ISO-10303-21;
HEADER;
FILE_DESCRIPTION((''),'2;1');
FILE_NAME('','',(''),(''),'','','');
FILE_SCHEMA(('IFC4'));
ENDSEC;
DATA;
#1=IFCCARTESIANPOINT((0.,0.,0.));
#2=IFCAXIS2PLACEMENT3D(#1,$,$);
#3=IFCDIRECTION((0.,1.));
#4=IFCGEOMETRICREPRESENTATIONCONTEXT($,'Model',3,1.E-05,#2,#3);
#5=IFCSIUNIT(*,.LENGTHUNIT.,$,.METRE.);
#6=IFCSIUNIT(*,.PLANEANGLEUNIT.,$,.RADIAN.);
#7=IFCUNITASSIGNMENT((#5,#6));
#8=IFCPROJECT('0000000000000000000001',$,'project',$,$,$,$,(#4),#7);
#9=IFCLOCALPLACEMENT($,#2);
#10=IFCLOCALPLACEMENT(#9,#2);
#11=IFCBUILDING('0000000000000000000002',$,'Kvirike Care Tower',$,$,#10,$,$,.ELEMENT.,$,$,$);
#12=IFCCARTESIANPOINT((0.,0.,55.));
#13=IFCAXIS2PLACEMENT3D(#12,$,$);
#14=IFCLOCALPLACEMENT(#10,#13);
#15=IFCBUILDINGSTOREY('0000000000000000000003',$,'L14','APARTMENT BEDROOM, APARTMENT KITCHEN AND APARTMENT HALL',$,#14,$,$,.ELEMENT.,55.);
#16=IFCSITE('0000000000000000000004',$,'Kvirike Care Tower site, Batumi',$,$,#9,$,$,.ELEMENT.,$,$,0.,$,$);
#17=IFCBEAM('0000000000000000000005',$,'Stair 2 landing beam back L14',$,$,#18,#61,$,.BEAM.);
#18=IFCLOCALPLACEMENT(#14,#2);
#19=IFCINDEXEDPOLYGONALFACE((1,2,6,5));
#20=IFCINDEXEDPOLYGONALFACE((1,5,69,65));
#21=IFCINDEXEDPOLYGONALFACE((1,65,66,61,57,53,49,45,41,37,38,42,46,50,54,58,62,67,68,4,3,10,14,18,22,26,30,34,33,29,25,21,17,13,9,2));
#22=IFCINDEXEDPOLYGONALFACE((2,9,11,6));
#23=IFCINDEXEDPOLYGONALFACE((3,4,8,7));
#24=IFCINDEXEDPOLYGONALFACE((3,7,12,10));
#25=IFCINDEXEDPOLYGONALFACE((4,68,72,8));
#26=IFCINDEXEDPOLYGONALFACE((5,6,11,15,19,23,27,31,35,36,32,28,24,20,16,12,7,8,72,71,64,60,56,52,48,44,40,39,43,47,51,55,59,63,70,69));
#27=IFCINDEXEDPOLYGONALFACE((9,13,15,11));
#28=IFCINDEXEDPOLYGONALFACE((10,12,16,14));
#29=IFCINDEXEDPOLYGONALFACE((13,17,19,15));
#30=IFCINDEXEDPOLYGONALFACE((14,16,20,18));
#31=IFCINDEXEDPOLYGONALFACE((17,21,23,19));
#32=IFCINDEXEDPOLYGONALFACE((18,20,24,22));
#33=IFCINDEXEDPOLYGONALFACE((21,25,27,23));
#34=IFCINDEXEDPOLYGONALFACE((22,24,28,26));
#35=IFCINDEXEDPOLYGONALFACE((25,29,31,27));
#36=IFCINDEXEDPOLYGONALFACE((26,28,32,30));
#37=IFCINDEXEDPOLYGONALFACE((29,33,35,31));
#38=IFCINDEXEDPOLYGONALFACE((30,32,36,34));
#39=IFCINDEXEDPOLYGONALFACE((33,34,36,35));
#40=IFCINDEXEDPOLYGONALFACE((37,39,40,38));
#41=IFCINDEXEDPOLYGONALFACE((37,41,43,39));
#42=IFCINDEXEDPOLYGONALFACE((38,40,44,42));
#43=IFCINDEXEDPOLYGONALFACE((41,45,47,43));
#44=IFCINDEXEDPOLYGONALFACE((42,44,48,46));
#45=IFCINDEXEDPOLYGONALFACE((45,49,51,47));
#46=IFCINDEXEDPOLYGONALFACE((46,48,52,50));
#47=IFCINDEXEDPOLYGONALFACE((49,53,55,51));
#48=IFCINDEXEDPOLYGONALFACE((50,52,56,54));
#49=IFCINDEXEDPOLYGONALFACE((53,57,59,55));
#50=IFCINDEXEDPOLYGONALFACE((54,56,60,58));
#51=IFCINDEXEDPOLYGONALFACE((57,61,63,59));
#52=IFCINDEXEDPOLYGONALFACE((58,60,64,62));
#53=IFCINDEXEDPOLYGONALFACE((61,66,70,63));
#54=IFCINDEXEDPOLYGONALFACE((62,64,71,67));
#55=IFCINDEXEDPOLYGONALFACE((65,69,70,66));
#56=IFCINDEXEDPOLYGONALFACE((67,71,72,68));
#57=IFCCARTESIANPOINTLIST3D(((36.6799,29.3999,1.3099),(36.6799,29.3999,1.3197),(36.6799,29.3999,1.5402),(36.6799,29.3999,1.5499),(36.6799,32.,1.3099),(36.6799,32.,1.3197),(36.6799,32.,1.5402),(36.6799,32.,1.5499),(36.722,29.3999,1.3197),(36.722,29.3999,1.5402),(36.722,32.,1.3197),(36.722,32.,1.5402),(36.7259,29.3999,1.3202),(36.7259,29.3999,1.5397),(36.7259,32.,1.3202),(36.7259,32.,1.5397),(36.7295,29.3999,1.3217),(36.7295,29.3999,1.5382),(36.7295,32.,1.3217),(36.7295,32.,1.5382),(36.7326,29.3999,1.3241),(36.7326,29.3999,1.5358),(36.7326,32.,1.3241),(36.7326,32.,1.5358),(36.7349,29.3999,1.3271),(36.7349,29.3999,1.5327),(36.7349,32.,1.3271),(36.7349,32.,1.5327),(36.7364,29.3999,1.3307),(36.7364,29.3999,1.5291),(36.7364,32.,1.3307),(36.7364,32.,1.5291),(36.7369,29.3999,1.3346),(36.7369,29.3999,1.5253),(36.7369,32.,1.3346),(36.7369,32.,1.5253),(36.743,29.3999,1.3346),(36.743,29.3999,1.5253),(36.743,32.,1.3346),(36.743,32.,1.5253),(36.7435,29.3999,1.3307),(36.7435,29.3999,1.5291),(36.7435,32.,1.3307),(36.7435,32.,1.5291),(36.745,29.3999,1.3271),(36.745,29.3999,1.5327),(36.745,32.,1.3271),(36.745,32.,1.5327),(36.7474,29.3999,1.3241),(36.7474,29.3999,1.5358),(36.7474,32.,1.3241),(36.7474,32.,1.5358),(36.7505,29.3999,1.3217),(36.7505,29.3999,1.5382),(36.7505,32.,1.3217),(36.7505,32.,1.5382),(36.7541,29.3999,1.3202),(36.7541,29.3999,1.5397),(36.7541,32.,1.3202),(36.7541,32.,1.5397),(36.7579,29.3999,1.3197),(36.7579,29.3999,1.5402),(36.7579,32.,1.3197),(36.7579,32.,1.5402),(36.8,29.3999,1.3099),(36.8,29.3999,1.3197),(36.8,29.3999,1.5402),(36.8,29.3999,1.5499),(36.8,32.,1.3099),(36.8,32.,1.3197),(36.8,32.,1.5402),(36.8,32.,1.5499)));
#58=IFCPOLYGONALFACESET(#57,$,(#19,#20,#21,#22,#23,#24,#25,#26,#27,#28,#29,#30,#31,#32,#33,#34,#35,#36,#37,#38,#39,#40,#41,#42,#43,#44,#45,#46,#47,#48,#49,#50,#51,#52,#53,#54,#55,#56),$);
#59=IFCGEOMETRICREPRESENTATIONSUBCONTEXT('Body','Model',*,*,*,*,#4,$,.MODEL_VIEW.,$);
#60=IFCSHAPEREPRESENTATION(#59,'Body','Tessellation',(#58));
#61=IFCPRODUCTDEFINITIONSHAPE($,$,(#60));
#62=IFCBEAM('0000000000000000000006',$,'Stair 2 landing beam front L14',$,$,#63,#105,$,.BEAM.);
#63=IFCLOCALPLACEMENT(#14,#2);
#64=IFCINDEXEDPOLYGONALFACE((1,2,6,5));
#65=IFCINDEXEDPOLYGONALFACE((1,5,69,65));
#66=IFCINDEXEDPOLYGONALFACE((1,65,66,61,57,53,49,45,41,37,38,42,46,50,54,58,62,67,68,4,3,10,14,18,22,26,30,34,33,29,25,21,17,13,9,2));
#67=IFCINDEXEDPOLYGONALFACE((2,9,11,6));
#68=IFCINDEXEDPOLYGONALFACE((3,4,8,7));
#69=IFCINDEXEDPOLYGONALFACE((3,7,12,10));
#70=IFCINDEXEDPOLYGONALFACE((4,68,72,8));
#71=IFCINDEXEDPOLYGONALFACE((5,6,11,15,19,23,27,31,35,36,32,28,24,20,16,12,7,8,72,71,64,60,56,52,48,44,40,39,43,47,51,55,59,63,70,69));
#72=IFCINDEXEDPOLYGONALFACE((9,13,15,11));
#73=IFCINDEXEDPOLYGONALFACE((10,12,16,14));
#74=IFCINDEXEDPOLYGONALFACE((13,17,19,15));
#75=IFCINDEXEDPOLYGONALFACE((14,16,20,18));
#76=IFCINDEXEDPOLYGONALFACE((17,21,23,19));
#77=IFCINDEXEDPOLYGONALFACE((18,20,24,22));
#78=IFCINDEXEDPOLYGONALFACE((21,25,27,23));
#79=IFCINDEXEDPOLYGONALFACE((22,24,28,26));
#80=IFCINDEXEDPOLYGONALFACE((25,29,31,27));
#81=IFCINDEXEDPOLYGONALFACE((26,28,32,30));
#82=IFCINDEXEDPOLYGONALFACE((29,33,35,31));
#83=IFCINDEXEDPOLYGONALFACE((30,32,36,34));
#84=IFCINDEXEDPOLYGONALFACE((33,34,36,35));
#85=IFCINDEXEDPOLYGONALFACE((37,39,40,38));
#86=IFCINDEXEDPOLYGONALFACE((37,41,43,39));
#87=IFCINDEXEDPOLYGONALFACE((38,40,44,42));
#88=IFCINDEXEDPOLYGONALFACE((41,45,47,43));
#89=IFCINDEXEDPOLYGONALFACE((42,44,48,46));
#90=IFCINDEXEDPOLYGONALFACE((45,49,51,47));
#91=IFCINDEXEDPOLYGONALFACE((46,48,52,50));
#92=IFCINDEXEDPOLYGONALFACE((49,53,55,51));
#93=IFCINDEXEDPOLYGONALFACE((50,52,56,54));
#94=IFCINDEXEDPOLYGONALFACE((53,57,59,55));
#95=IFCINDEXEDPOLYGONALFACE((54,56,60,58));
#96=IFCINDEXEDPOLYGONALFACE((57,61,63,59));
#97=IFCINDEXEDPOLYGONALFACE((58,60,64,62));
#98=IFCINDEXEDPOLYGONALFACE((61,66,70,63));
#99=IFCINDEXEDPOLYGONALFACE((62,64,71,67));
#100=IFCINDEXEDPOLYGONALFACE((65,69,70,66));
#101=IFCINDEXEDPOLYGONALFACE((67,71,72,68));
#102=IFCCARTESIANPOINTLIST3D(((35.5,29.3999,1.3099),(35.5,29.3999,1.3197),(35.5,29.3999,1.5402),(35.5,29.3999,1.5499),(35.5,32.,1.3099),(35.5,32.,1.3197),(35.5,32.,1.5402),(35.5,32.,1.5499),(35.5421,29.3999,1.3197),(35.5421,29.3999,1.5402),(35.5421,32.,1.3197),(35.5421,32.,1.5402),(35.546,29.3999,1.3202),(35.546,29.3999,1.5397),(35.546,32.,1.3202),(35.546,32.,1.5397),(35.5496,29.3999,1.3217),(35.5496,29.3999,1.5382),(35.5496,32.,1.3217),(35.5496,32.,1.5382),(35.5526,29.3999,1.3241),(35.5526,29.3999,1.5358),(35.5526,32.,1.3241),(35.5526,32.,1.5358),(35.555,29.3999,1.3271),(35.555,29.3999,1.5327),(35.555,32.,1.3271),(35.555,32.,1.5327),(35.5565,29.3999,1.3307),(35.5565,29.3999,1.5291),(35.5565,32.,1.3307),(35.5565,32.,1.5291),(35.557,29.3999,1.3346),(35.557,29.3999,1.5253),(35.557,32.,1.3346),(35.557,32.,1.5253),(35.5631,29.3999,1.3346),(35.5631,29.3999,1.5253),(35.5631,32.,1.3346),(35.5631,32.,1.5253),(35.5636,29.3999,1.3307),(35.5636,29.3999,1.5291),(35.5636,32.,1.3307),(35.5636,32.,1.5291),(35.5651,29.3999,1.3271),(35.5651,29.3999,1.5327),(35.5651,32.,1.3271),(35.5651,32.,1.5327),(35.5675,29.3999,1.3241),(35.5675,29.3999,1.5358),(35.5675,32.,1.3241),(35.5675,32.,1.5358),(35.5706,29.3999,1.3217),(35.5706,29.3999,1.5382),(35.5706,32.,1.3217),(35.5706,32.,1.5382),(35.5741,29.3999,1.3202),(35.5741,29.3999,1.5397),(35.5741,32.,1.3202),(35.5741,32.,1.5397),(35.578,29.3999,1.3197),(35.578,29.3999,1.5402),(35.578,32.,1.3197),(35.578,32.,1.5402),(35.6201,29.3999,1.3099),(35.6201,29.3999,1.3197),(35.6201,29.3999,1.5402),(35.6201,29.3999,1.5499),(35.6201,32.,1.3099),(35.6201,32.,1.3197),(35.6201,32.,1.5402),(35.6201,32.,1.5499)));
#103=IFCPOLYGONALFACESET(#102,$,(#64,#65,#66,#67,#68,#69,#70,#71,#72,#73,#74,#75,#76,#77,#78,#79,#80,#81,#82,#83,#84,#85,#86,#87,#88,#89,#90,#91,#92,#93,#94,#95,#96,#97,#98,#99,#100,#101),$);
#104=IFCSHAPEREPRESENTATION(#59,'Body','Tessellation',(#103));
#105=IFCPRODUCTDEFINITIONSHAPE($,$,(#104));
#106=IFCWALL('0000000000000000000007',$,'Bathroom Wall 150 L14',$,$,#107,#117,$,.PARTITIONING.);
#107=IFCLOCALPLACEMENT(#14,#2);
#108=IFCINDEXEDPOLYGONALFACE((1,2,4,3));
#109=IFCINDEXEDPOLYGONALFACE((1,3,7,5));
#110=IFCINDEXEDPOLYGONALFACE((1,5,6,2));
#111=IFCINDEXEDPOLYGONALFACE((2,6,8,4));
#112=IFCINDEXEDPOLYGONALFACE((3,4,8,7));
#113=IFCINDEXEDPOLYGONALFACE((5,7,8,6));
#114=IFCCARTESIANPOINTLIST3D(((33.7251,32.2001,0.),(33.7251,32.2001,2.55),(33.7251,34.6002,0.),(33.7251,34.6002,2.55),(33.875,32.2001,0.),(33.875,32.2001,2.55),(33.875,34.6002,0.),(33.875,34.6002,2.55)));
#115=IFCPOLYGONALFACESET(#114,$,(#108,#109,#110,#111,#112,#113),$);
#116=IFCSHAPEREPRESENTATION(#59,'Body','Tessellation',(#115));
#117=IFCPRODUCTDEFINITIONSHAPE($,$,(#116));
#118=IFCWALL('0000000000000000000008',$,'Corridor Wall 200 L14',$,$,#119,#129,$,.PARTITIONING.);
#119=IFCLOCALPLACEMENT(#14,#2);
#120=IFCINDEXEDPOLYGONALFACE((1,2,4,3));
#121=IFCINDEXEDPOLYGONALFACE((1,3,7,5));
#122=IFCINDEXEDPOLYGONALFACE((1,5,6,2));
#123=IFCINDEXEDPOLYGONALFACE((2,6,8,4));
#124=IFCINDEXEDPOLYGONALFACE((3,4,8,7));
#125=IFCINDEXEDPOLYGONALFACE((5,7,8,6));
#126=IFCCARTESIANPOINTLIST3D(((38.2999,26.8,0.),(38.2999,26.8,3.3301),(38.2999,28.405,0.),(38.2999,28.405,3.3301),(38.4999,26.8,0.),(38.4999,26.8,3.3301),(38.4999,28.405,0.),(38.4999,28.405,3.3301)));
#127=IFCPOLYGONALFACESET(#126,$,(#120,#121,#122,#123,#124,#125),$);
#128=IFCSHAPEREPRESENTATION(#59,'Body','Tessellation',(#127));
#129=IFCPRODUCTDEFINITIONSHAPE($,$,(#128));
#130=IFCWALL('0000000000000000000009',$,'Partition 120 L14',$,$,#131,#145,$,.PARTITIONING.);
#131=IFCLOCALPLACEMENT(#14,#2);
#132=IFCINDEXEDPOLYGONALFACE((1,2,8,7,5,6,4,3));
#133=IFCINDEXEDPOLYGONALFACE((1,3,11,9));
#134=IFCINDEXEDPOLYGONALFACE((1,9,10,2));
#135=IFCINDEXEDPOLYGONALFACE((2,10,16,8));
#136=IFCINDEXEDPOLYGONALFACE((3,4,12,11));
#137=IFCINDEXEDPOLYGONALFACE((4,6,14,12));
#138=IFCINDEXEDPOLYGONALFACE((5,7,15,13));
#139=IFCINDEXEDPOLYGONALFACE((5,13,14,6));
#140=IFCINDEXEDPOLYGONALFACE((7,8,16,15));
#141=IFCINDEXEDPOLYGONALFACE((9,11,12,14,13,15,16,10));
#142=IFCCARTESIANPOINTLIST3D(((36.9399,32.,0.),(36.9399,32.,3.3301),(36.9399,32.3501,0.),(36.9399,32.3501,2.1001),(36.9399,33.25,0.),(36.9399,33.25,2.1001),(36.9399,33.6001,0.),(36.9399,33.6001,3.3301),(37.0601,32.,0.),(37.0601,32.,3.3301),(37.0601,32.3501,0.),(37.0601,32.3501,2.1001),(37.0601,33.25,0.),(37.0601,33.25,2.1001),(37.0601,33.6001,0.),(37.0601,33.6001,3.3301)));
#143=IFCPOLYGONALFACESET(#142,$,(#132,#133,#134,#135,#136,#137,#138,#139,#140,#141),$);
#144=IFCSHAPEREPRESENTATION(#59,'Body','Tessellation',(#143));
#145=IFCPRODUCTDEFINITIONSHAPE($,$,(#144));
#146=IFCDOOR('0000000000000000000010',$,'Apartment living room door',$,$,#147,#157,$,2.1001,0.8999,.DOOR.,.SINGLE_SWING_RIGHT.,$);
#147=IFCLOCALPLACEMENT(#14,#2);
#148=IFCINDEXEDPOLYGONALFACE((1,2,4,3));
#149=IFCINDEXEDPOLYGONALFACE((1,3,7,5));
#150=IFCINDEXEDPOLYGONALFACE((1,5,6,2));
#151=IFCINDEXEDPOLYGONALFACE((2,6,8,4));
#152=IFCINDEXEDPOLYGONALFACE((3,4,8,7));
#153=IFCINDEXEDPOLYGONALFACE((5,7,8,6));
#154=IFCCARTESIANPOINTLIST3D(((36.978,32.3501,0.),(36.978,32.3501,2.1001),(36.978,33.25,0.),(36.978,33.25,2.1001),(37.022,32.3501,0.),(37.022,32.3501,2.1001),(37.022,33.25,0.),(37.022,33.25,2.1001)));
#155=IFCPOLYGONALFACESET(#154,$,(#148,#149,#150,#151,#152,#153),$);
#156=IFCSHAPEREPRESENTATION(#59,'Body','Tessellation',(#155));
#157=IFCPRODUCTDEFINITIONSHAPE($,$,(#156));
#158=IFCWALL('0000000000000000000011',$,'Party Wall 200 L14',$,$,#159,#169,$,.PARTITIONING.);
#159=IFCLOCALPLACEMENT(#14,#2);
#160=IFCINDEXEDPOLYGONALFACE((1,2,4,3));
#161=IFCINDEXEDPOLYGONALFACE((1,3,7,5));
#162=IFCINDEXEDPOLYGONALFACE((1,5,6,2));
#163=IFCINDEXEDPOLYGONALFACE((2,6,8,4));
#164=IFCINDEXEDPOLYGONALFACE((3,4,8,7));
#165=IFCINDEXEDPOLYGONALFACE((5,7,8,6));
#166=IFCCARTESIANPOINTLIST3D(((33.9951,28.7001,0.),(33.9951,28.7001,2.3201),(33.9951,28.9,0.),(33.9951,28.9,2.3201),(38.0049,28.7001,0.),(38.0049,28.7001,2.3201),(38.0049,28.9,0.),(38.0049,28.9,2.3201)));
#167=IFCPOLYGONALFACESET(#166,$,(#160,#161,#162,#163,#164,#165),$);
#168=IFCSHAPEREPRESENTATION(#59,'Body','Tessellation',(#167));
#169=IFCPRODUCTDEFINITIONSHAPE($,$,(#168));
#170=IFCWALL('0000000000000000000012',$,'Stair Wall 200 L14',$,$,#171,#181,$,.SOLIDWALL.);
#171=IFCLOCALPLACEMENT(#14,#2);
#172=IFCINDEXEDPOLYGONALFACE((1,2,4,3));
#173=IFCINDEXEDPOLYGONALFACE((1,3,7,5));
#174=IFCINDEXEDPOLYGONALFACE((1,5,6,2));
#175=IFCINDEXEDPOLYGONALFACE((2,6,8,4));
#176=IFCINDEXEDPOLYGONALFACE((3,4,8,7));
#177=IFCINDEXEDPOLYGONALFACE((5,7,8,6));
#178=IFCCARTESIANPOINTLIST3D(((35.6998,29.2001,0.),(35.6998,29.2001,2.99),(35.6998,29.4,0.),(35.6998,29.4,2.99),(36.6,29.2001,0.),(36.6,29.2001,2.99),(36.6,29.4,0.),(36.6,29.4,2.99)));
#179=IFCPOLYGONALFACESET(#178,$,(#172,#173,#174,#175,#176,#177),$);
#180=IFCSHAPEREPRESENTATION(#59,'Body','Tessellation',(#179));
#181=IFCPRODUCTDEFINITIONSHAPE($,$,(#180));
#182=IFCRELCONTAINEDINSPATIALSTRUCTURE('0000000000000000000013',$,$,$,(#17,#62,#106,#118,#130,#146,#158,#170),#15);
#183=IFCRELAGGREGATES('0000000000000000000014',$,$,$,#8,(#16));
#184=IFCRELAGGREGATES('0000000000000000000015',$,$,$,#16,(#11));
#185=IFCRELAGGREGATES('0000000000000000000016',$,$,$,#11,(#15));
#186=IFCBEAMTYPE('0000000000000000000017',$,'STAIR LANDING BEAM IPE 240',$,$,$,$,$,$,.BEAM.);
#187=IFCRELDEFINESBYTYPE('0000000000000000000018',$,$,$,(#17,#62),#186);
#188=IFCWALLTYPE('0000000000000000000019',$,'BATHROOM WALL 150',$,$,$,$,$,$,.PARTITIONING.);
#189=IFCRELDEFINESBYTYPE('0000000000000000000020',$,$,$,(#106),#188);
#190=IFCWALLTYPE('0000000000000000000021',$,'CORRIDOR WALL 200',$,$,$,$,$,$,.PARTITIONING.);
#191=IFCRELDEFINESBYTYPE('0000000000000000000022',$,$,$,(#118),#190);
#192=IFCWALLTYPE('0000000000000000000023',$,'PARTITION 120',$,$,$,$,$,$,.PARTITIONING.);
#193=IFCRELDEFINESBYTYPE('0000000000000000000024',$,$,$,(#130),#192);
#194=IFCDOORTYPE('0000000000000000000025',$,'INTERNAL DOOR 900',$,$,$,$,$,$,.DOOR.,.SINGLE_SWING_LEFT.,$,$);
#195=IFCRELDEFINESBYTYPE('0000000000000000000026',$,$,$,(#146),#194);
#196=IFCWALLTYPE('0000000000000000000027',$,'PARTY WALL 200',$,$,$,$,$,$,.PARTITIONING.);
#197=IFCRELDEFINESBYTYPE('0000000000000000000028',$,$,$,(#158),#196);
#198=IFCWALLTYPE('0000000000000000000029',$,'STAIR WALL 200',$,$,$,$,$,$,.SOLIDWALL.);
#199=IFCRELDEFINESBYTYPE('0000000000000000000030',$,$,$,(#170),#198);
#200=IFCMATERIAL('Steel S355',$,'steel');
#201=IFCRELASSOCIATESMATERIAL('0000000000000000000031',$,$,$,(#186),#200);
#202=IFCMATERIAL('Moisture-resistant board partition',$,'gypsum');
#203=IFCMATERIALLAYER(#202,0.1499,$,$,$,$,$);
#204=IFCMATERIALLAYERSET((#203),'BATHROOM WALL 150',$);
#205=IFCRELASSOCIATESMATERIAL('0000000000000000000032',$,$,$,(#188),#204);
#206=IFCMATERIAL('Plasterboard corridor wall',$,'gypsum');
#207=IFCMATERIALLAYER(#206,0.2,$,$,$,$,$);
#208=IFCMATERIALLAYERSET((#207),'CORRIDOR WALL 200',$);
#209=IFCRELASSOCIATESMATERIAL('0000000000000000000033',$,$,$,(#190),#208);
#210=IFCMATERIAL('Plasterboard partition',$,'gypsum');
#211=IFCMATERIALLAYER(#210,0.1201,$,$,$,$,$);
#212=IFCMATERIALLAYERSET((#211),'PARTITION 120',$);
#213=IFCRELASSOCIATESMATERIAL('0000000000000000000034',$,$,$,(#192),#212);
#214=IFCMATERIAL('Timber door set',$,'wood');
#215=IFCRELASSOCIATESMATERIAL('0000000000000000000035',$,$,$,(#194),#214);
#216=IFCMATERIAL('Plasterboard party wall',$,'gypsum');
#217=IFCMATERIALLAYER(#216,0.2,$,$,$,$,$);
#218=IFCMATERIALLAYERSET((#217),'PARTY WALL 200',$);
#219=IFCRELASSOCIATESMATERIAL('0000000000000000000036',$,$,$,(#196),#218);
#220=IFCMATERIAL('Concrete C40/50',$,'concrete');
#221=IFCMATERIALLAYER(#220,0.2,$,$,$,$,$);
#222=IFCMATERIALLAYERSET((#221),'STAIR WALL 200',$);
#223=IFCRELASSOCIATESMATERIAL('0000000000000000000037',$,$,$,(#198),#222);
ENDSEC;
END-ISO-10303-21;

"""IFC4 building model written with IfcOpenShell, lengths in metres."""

from ifc_helpers import new_model, si_unit, direction, frame, frame_2d, origin, origin_2d, place, context, subcontext, project, spatial, rectangle, i_section, extrude, material, layer, layer_set, material_profile, profile_set, type_object, element, fill, save


model = new_model("IFC4")

# Units and contexts
model_context = context("Model", 3, precision=1e-05, world=origin(), true_north=direction((0.0, 1.0)))
body_context = subcontext(model_context, "Body", "Model", "MODEL_VIEW")
ifc_project = project(units=[si_unit("LENGTHUNIT", "METRE"), si_unit("PLANEANGLEUNIT", "RADIAN")], contexts=[model_context])

# Site, building, storey
site_placement = place(None, origin())
site = spatial("IfcSite", under=ifc_project, at=site_placement, Name="Kvirike Care Tower site, Batumi", CompositionType="ELEMENT", RefElevation=0.0)
building_placement = place(site_placement, origin())
building = spatial("IfcBuilding", under=site, at=building_placement, Name="Kvirike Care Tower", CompositionType="ELEMENT")
storey_placement = place(building_placement, frame((0.0, 0.0, 55.0)))
storey = spatial("IfcBuildingStorey", under=building, at=storey_placement, Name="L14", Description="APARTMENT BEDROOM, APARTMENT KITCHEN AND APARTMENT HALL", CompositionType="ELEMENT", Elevation=55.0)

# Beams
ifc_material_1 = material(Name="Steel S355", Category="steel")
ifc_material_profile_1 = material_profile(ifc_material_1, i_section(OverallWidth=0.1201, OverallDepth=0.24, WebThickness=0.0061, FlangeThickness=0.0098, FilletRadius=0.0149, at=origin_2d()), Name="IPE 240")
ifc_profile_set_1 = profile_set([ifc_material_profile_1], Name="Steel S355")
beam_type_1 = type_object("IfcBeamType", Name="STAIR LANDING BEAM IPE 240", PredefinedType="BEAM", material=ifc_profile_set_1)
for number, where, z_axis, x_axis, name in (
    (1, (36.74, 29.3999, 1.4299), (0.0, 1.0, 0.0), (-1.0, 0.0, 0.0), "Stair 2 landing beam back L14"),
    (2, (35.5601, 29.3999, 1.4299), (0.0, 1.0, 0.0), (-1.0, 0.0, 0.0), "Stair 2 landing beam front L14"),
):
    element("IfcBeam", number, at=place(storey_placement, frame(where, z_axis=z_axis, x_axis=x_axis)), inside=storey, type_object=beam_type_1, Name=name, PredefinedType="BEAM", context=body_context, shape_type="SweptSolid", body=[
        extrude(i_section(OverallWidth=0.1201, OverallDepth=0.24, WebThickness=0.0061, FlangeThickness=0.0098, FilletRadius=0.0149, at=origin_2d()), origin(), (0.0, 0.0, 1.0), 2.6001),
    ])

# Walls
ifc_material_2 = material(Name="Moisture-resistant board partition", Category="gypsum")
ifc_layer_1 = layer(ifc_material_2, 0.1499)
ifc_layer_set_1 = layer_set([ifc_layer_1], Name="BATHROOM WALL 150")
wall_type_1 = type_object("IfcWallType", Name="BATHROOM WALL 150", PredefinedType="PARTITIONING", material=ifc_layer_set_1)
wall_1_placement = place(storey_placement, frame((33.8, 32.2, 0.0), z_axis=(0.0, 0.0, 1.0), x_axis=(0.0, 1.0, 0.0)))
element("IfcWall", 3, at=wall_1_placement, inside=storey, type_object=wall_type_1, Name="Bathroom Wall 150 L14", PredefinedType="PARTITIONING", context=body_context, shape_type="SweptSolid", body=[
    extrude(rectangle(XDim=2.4001, YDim=0.1499, at=frame_2d((1.2002, 0.0))), origin(), (0.0, 0.0, 1.0), 2.55),
])
ifc_material_3 = material(Name="Plasterboard corridor wall", Category="gypsum")
ifc_layer_2 = layer(ifc_material_3, 0.2)
ifc_layer_set_2 = layer_set([ifc_layer_2], Name="CORRIDOR WALL 200")
wall_type_2 = type_object("IfcWallType", Name="CORRIDOR WALL 200", PredefinedType="PARTITIONING", material=ifc_layer_set_2)
wall_2_placement = place(storey_placement, frame((38.3999, 26.8, 0.0), z_axis=(0.0, 0.0, 1.0), x_axis=(0.0, 1.0, 0.0)))
element("IfcWall", 4, at=wall_2_placement, inside=storey, type_object=wall_type_2, Name="Corridor Wall 200 L14", PredefinedType="PARTITIONING", context=body_context, shape_type="SweptSolid", body=[
    extrude(rectangle(XDim=1.605, YDim=0.2, at=frame_2d((0.8025, 0.0))), origin(), (0.0, 0.0, 1.0), 3.3301),
])

# Wall, opening, door
ifc_material_4 = material(Name="Plasterboard partition", Category="gypsum")
ifc_layer_3 = layer(ifc_material_4, 0.1201)
ifc_layer_set_3 = layer_set([ifc_layer_3], Name="PARTITION 120")
wall_type_3 = type_object("IfcWallType", Name="PARTITION 120", PredefinedType="PARTITIONING", material=ifc_layer_set_3)
wall_3_placement = place(storey_placement, frame((37.0, 32.0, 0.0), z_axis=(0.0, 0.0, 1.0), x_axis=(0.0, 1.0, 0.0)))
wall_3 = element("IfcWall", 5, at=wall_3_placement, inside=storey, type_object=wall_type_3, Name="Partition 120 L14", PredefinedType="PARTITIONING", context=body_context, shape_type="SweptSolid", body=[
    extrude(rectangle(XDim=1.6001, YDim=0.1201, at=frame_2d((0.8, 0.0))), origin(), (0.0, 0.0, 1.0), 3.3301),
])
opening_placement = place(wall_3_placement, frame((0.3501, 0.0, 0.0)))
opening = element("IfcOpeningElement", 6, at=opening_placement, cuts=wall_3, PredefinedType="OPENING", context=body_context, shape_type="SweptSolid", body=[
    extrude(rectangle(XDim=0.8999, YDim=2.1001, at=frame_2d((0.45, 1.05))), frame((0.0, 0.0706, 0.0), z_axis=(0.0, -1.0, 0.0), x_axis=(1.0, 0.0, 0.0)), (0.0, 0.0, 1.0), 0.1411),
])
ifc_material_5 = material(Name="Timber door set", Category="wood")
door_type = type_object("IfcDoorType", Name="INTERNAL DOOR 900", OperationType="SINGLE_SWING_LEFT", PredefinedType="DOOR", material=ifc_material_5)
door_placement = place(opening_placement, frame((0.8999, 0.0, 0.0), z_axis=(0.0, 0.0, 1.0), x_axis=(-1.0, 0.0, 0.0)))
door = element("IfcDoor", 7, at=door_placement, inside=storey, type_object=door_type, Name="Apartment living room door", OperationType="SINGLE_SWING_RIGHT", OverallHeight=2.1001, OverallWidth=0.8999, PredefinedType="DOOR", context=body_context, shape_type="SweptSolid", body=[
    extrude(rectangle(XDim=0.8999, YDim=2.1001, at=frame_2d((0.45, 1.05))), frame((0.0, 0.022, 0.0), z_axis=(0.0, -1.0, 0.0), x_axis=(1.0, 0.0, 0.0)), (0.0, 0.0, 1.0), 0.0439),
])
fill(opening, door)

# Walls
ifc_material_6 = material(Name="Plasterboard party wall", Category="gypsum")
ifc_layer_4 = layer(ifc_material_6, 0.2)
ifc_layer_set_4 = layer_set([ifc_layer_4], Name="PARTY WALL 200")
wall_type_4 = type_object("IfcWallType", Name="PARTY WALL 200", PredefinedType="PARTITIONING", material=ifc_layer_set_4)
wall_4_placement = place(storey_placement, frame((38.0049, 28.8, 0.0), z_axis=(0.0, 0.0, 1.0), x_axis=(-1.0, 0.0, 0.0)))
element("IfcWall", 8, at=wall_4_placement, inside=storey, type_object=wall_type_4, Name="Party Wall 200 L14", PredefinedType="PARTITIONING", context=body_context, shape_type="SweptSolid", body=[
    extrude(rectangle(XDim=4.0098, YDim=0.2, at=frame_2d((2.0049, 0.0))), origin(), (0.0, 0.0, 1.0), 2.3201),
])
ifc_material_7 = material(Name="Concrete C40/50", Category="concrete")
ifc_layer_5 = layer(ifc_material_7, 0.2)
ifc_layer_set_5 = layer_set([ifc_layer_5], Name="STAIR WALL 200")
wall_type_5 = type_object("IfcWallType", Name="STAIR WALL 200", PredefinedType="SOLIDWALL", material=ifc_layer_set_5)
wall_5_placement = place(storey_placement, frame((36.6001, 29.3, 0.0), z_axis=(0.0, 0.0, 1.0), x_axis=(-1.0, 0.0, 0.0)))
element("IfcWall", 9, at=wall_5_placement, inside=storey, type_object=wall_type_5, Name="Stair Wall 200 L14", PredefinedType="SOLIDWALL", context=body_context, shape_type="SweptSolid", body=[
    extrude(rectangle(XDim=0.9001, YDim=0.2, at=frame_2d((0.4502, 0.0))), origin(), (0.0, 0.0, 1.0), 2.99),
])

save(model, "model.ifc")
